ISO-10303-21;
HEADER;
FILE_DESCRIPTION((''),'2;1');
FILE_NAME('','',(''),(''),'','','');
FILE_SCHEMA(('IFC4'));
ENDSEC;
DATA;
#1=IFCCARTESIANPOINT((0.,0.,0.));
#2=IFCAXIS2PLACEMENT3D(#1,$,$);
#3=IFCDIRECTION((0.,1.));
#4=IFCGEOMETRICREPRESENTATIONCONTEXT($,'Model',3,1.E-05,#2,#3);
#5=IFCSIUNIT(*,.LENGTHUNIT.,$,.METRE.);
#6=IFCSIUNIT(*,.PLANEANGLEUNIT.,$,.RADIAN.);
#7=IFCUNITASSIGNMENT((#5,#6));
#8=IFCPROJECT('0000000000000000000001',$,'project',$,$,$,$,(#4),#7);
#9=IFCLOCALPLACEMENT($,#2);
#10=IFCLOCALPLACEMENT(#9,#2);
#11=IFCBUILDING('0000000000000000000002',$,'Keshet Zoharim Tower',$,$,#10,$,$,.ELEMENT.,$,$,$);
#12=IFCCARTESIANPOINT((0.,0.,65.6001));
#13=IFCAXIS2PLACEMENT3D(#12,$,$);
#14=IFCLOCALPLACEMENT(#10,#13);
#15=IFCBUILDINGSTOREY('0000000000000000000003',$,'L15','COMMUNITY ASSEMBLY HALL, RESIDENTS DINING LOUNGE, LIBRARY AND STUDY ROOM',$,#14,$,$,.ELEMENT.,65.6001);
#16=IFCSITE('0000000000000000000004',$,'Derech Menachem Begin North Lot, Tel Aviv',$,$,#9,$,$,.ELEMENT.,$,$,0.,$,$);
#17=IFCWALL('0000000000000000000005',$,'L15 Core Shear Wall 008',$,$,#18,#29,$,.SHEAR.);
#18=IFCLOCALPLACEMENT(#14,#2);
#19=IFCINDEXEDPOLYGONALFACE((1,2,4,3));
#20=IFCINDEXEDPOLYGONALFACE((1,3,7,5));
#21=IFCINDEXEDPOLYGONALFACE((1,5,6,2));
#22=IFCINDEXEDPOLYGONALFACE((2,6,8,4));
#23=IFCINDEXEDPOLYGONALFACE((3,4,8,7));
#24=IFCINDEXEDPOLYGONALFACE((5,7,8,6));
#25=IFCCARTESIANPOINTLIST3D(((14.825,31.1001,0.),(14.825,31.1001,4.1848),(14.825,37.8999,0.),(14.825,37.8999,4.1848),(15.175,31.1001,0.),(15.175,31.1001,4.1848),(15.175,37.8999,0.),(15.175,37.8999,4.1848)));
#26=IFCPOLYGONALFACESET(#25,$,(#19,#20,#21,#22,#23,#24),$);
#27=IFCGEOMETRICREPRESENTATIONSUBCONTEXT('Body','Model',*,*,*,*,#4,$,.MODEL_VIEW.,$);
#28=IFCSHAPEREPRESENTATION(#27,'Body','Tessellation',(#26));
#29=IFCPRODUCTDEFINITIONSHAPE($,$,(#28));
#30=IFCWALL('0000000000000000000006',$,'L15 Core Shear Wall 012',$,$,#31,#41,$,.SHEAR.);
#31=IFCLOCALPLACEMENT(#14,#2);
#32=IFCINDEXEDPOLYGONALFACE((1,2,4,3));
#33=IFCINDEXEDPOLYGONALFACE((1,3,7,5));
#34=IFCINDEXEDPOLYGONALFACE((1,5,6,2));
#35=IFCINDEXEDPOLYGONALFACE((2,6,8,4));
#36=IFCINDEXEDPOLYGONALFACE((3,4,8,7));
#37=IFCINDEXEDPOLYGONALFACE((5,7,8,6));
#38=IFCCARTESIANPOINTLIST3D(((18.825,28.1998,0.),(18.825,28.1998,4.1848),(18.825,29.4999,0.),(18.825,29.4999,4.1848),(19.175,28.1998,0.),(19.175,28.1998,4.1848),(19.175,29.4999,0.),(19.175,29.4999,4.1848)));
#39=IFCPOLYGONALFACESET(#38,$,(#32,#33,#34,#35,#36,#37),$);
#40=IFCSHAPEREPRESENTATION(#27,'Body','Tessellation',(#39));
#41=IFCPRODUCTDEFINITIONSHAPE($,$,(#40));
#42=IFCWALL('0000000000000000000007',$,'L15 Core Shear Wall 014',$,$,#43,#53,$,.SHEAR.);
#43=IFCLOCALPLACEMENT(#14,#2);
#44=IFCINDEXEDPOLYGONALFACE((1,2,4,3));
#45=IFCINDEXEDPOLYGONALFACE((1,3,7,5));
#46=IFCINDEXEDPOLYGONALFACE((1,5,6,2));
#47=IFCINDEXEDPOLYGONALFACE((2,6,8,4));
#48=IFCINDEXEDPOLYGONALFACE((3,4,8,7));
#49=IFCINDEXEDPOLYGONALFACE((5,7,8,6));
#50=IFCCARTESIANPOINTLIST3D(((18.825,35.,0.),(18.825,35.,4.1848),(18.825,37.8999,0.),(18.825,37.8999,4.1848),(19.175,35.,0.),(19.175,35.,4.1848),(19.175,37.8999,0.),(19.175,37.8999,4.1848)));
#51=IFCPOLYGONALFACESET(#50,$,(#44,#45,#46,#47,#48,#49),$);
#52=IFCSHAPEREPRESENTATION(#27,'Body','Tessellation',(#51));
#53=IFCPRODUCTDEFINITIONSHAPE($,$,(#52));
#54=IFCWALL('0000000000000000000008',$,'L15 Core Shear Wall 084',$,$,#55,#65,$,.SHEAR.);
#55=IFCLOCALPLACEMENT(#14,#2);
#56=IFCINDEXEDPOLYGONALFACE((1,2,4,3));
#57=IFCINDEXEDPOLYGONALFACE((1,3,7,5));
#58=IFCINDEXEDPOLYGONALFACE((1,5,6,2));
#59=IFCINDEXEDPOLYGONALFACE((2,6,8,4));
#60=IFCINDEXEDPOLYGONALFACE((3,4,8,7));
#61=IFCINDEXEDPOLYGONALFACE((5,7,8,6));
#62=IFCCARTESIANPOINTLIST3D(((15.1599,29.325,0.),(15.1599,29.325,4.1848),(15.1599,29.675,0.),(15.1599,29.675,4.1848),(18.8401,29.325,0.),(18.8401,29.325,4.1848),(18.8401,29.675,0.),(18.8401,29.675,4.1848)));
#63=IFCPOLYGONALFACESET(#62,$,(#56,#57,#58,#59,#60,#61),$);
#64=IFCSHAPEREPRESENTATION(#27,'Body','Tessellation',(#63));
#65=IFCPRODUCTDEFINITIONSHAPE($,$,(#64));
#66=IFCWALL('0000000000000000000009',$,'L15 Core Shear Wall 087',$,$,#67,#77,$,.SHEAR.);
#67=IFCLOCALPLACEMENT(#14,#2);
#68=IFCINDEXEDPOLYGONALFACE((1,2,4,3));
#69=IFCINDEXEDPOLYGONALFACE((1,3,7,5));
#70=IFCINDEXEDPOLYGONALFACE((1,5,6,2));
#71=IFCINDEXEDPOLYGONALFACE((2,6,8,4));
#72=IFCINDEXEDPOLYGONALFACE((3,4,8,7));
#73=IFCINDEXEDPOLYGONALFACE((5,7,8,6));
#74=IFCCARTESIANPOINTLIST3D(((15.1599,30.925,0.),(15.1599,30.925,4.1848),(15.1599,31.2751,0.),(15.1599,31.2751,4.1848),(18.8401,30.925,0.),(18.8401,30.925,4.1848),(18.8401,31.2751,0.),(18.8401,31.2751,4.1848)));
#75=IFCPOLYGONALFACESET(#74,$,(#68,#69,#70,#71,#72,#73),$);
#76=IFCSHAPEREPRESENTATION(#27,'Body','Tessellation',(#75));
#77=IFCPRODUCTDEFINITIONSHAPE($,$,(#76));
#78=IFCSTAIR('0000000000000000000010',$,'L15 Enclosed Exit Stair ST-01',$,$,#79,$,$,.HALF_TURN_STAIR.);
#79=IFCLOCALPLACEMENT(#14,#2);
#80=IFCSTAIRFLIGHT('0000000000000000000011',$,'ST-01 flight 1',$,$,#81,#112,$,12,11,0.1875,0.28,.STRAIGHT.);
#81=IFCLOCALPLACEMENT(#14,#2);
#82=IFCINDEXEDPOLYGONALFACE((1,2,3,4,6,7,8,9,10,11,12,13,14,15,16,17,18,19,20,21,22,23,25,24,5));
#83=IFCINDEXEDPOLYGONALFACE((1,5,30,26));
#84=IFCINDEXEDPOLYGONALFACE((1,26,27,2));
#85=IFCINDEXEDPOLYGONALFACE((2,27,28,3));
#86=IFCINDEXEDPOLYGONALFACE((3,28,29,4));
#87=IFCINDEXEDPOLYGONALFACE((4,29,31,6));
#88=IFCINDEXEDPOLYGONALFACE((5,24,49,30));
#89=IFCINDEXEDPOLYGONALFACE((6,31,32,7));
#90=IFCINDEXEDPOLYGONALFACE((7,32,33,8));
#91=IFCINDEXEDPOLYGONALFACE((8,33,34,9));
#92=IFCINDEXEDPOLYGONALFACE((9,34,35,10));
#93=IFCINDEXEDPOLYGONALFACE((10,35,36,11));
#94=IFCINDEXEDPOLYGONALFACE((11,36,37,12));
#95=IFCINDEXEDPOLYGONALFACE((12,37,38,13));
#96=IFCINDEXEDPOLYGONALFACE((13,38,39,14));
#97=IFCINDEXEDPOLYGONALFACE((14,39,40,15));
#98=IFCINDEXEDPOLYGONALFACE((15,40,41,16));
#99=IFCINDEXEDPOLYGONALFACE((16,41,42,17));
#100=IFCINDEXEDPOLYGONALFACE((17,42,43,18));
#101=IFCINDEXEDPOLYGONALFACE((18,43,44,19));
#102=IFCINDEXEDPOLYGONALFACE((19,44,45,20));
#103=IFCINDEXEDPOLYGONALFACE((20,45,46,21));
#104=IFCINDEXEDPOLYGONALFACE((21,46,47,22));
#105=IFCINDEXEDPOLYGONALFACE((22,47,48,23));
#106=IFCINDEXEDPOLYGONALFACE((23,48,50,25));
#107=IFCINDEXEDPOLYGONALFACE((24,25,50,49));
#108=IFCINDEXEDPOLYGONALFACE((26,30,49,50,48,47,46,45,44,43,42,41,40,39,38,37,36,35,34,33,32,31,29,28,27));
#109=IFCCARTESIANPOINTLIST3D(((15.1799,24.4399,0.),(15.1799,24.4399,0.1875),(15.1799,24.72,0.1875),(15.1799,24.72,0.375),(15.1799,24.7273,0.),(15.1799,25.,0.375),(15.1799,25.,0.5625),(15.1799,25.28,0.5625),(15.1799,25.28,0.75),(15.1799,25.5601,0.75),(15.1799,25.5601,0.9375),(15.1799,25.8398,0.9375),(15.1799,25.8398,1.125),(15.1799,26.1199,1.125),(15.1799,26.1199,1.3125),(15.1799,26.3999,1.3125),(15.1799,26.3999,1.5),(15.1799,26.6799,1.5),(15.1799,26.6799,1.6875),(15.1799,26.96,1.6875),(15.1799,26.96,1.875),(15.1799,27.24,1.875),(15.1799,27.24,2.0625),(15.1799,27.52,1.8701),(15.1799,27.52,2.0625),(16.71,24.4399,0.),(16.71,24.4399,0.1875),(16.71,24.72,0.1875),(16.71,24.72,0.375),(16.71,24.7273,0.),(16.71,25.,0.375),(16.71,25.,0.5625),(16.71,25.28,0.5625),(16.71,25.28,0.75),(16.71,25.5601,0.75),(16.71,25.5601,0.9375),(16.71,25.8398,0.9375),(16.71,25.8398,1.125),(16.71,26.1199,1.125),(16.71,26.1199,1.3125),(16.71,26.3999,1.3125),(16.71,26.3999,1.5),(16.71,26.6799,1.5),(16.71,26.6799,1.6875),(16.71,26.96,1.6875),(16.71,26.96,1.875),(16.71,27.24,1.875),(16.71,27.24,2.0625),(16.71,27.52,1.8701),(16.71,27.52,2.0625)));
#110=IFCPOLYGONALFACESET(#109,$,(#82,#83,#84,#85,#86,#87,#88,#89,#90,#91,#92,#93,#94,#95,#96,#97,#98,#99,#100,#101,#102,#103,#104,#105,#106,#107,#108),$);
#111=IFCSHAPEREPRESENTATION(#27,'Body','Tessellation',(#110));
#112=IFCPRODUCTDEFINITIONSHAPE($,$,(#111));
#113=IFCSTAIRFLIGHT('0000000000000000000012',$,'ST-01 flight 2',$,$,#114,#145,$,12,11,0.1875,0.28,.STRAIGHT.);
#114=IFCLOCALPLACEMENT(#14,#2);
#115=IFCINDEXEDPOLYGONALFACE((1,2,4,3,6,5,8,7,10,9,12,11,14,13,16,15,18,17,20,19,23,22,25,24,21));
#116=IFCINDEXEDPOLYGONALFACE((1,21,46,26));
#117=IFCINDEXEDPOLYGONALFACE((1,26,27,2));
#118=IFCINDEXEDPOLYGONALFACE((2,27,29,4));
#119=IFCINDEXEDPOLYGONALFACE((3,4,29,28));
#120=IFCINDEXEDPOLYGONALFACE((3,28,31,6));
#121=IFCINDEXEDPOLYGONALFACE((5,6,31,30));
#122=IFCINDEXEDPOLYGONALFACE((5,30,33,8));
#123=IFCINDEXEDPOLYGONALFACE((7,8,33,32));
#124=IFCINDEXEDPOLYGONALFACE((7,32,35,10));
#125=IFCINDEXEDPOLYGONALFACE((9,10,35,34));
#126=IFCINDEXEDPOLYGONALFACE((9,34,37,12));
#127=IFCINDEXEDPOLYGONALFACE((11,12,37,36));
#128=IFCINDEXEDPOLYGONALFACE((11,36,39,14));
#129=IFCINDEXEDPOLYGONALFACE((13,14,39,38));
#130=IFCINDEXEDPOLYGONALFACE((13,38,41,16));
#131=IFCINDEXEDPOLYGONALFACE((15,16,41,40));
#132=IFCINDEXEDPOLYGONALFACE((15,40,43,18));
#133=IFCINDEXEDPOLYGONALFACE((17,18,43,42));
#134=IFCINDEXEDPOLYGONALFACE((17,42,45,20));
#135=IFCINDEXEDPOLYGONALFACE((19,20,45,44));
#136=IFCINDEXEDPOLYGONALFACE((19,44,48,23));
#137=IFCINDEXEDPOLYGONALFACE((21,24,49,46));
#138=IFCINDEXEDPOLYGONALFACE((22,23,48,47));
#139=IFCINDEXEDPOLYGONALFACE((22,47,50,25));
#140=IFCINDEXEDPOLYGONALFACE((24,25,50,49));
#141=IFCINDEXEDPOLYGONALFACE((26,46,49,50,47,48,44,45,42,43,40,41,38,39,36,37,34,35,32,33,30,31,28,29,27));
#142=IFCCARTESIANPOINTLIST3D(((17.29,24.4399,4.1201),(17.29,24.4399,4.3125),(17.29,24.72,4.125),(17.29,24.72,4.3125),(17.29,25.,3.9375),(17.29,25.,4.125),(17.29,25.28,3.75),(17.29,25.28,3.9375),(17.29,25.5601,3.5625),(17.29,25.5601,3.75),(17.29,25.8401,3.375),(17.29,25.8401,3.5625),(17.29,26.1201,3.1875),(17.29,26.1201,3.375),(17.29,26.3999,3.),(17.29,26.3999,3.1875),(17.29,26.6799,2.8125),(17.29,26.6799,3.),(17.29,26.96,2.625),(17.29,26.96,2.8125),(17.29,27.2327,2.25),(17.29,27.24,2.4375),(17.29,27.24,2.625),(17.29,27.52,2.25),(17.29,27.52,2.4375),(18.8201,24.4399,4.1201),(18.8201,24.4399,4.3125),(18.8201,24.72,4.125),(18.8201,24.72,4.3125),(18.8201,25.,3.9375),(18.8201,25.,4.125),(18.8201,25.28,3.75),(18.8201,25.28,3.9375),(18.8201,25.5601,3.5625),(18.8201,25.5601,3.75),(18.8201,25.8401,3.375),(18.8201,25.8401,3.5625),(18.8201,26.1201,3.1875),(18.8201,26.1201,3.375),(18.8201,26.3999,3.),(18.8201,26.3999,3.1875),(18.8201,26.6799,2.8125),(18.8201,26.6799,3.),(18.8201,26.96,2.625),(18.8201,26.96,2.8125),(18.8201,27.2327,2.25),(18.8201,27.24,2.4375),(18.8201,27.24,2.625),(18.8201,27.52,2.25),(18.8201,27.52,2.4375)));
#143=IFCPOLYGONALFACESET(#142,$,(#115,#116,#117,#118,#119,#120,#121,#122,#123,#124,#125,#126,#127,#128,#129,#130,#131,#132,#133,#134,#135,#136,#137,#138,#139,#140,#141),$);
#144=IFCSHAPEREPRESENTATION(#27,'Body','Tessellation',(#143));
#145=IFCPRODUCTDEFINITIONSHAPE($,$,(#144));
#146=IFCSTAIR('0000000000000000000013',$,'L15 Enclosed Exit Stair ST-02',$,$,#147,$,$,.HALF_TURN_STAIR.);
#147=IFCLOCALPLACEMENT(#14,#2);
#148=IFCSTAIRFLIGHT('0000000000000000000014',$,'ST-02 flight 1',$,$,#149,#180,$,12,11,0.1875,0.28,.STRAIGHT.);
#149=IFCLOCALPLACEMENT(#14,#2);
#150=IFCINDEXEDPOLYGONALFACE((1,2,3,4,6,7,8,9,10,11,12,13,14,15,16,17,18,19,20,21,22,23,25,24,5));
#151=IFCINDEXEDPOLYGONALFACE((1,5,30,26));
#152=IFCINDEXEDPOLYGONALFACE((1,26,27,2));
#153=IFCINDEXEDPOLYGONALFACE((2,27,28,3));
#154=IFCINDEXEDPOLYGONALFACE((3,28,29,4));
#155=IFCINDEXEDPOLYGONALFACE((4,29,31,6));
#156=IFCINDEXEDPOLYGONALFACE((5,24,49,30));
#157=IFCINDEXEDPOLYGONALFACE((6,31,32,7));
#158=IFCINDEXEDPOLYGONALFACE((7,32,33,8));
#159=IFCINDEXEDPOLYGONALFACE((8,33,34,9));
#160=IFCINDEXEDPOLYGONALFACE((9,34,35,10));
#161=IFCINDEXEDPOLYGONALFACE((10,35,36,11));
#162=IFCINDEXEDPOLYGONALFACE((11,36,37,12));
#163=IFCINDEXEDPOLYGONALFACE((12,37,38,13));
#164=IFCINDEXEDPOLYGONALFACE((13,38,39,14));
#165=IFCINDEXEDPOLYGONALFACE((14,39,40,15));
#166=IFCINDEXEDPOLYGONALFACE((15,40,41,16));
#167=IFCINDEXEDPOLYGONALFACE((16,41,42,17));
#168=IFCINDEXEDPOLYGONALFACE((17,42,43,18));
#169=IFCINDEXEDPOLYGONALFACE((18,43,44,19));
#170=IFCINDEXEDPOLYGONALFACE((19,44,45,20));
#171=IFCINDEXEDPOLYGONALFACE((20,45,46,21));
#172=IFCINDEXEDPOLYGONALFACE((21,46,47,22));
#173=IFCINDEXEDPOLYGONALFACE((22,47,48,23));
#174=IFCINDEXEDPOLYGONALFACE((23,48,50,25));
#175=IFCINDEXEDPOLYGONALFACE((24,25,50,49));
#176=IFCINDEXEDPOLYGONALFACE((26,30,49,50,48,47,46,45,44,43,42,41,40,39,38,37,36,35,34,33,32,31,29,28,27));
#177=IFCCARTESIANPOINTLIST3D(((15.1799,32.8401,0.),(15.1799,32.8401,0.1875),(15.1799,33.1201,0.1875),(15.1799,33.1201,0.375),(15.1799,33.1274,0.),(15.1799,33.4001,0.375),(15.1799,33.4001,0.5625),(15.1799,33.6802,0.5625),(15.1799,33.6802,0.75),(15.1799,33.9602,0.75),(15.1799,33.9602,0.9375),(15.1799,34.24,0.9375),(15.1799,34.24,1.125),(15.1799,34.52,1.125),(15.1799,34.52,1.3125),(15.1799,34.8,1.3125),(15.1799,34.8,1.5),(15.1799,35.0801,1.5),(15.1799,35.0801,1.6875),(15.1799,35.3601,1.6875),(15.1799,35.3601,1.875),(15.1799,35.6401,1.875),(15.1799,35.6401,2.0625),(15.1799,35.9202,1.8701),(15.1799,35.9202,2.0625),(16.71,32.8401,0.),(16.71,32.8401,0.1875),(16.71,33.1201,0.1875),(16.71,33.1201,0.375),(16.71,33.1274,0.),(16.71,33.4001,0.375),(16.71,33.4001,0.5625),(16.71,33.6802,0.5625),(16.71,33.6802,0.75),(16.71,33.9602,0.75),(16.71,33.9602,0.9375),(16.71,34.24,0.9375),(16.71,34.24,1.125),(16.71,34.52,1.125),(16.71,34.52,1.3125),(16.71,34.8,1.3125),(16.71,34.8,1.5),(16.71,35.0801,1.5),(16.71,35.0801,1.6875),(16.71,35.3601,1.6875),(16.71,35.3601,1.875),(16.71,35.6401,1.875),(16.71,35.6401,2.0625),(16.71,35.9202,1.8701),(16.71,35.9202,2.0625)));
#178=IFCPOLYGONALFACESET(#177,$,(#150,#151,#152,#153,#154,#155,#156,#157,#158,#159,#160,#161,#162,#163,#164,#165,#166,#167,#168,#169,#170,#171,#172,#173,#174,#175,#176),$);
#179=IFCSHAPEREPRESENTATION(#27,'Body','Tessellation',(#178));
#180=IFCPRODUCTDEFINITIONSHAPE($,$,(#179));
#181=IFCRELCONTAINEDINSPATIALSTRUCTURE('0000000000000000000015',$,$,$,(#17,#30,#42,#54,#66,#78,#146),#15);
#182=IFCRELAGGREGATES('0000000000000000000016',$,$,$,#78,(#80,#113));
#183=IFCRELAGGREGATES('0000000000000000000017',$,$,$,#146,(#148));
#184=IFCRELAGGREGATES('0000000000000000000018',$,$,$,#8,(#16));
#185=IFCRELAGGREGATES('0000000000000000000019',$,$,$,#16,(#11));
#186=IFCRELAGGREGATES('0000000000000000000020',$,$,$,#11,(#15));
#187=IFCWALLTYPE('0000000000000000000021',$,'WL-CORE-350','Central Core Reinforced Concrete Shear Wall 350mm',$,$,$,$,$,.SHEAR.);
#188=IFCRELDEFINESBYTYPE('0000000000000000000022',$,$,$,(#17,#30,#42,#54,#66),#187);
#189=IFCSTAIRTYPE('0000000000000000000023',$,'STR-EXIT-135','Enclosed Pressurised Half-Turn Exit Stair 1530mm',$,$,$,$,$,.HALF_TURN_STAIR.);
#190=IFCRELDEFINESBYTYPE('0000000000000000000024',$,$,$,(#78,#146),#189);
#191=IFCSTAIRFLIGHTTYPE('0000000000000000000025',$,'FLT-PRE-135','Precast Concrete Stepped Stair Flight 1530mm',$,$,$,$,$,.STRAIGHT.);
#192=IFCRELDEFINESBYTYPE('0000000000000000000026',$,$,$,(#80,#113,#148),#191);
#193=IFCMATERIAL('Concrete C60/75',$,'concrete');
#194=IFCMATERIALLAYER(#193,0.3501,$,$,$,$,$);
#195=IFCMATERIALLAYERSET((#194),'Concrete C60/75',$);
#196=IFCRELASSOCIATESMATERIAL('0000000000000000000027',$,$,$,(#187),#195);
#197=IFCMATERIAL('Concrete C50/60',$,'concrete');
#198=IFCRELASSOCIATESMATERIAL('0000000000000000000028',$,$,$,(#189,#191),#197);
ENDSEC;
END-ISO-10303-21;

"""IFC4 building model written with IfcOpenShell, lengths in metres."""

from ifc_helpers import new_model, si_unit, direction, frame, frame_2d, origin, place, context, subcontext, project, spatial, polyline, rectangle, outline, extrude, material, layer, layer_set, type_object, element, aggregate, save


model = new_model("IFC4")

# Units and contexts
model_context = context("Model", 3, precision=1e-05, world=origin(), true_north=direction((0.0, 1.0)))
body_context = subcontext(model_context, "Body", "Model", "MODEL_VIEW")
ifc_project = project(units=[si_unit("LENGTHUNIT", "METRE"), si_unit("PLANEANGLEUNIT", "RADIAN")], contexts=[model_context])

# Site, building, storey
site_placement = place(None, origin())
site = spatial("IfcSite", under=ifc_project, at=site_placement, Name="Derech Menachem Begin North Lot, Tel Aviv", CompositionType="ELEMENT", RefElevation=0.0)
building_placement = place(site_placement, origin())
building = spatial("IfcBuilding", under=site, at=building_placement, Name="Keshet Zoharim Tower", CompositionType="ELEMENT")
storey_placement = place(building_placement, frame((0.0, 0.0, 65.6001)))
storey = spatial("IfcBuildingStorey", under=building, at=storey_placement, Name="L15", Description="COMMUNITY ASSEMBLY HALL, RESIDENTS DINING LOUNGE, LIBRARY AND STUDY ROOM", CompositionType="ELEMENT", Elevation=65.6001)

# Shared definitions
ifc_material_1 = material(Name="Concrete C60/75", Category="concrete")
ifc_layer_1 = layer(ifc_material_1, 0.3501)
ifc_layer_set_1 = layer_set([ifc_layer_1], Name="Concrete C60/75")
wall_type = type_object("IfcWallType", Name="WL-CORE-350", Description="Central Core Reinforced Concrete Shear Wall 350mm", PredefinedType="SHEAR", material=ifc_layer_set_1)

# Walls
wall_1_placement = place(storey_placement, frame((15.0, 31.1001, 0.0), z_axis=(0.0, 0.0, 1.0), x_axis=(0.0, 1.0, 0.0)))
element("IfcWall", 1, at=wall_1_placement, inside=storey, type_object=wall_type, Name="L15 Core Shear Wall 008", PredefinedType="SHEAR", context=body_context, shape_type="SweptSolid", body=[
    extrude(rectangle(XDim=6.7998, YDim=0.3501, at=frame_2d((3.3999, 0.0))), origin(), (0.0, 0.0, 1.0), 4.1848),
])
wall_2_placement = place(storey_placement, frame((19.0, 28.2, 0.0), z_axis=(0.0, 0.0, 1.0), x_axis=(0.0, 1.0, 0.0)))
element("IfcWall", 2, at=wall_2_placement, inside=storey, type_object=wall_type, Name="L15 Core Shear Wall 012", PredefinedType="SHEAR", context=body_context, shape_type="SweptSolid", body=[
    extrude(rectangle(XDim=1.3, YDim=0.3501, at=frame_2d((0.6499, 0.0))), origin(), (0.0, 0.0, 1.0), 4.1848),
])

# Walls
wall_3_placement = place(storey_placement, frame((19.0, 35.0, 0.0), z_axis=(0.0, 0.0, 1.0), x_axis=(0.0, 1.0, 0.0)))
element("IfcWall", 3, at=wall_3_placement, inside=storey, type_object=wall_type, Name="L15 Core Shear Wall 014", PredefinedType="SHEAR", context=body_context, shape_type="SweptSolid", body=[
    extrude(rectangle(XDim=2.8999, YDim=0.3501, at=frame_2d((1.45, 0.0))), origin(), (0.0, 0.0, 1.0), 4.1848),
])
for number, where, z_axis, x_axis, name in (
    (4, (15.1599, 29.5, 0.0), (0.0, 0.0, 1.0), (1.0, 0.0, 0.0), "L15 Core Shear Wall 084"),
    (5, (15.1599, 31.1001, 0.0), (0.0, 0.0, 1.0), (1.0, 0.0, 0.0), "L15 Core Shear Wall 087"),
):
    element("IfcWall", number, at=place(storey_placement, frame(where, z_axis=z_axis, x_axis=x_axis)), inside=storey, type_object=wall_type, Name=name, PredefinedType="SHEAR", context=body_context, shape_type="SweptSolid", body=[
        extrude(rectangle(XDim=3.6802, YDim=0.3501, at=frame_2d((1.8401, 0.0))), origin(), (0.0, 0.0, 1.0), 4.1848),
    ])

# Stair, stair flights
ifc_material_2 = material(Name="Concrete C50/60", Category="concrete")
stair_type = type_object("IfcStairType", Name="STR-EXIT-135", Description="Enclosed Pressurised Half-Turn Exit Stair 1530mm", PredefinedType="HALF_TURN_STAIR", material=ifc_material_2)
stair_1_placement = place(storey_placement, origin())
stair_1 = element("IfcStair", 6, at=stair_1_placement, inside=storey, type_object=stair_type, Name="L15 Enclosed Exit Stair ST-01", PredefinedType="HALF_TURN_STAIR")
stair_flight_type = type_object("IfcStairFlightType", Name="FLT-PRE-135", Description="Precast Concrete Stepped Stair Flight 1530mm", PredefinedType="STRAIGHT", material=ifc_material_2)
stair_flight_1_placement = place(storey_placement, frame((15.9451, 24.4399, 0.0), z_axis=(0.0, 0.0, 1.0), x_axis=(0.0, 1.0, 0.0)))
stair_flight_1 = element("IfcStairFlight", 7, at=stair_flight_1_placement, type_object=stair_flight_type, Name="ST-01 flight 1", NumberOfRisers=12, NumberOfTreads=11, PredefinedType="STRAIGHT", RiserHeight=0.1875, TreadLength=0.28, context=body_context, shape_type="SweptSolid", body=[
    extrude(outline(polyline([(0.0, 0.0), (0.0, 0.1875), (0.28, 0.1875), (0.28, 0.375), (0.5601, 0.375), (0.5601, 0.5625), (0.8401, 0.5625), (0.8401, 0.75), (1.1201, 0.75), (1.1201, 0.9375), (1.3999, 0.9375), (1.3999, 1.125), (1.6799, 1.125), (1.6799, 1.3125), (1.96, 1.3125), (1.96, 1.5), (2.24, 1.5), (2.24, 1.6875), (2.52, 1.6875), (2.52, 1.875), (2.8, 1.875), (2.8, 2.0625), (3.0801, 2.0625), (3.0801, 2.25), (3.0801, 1.8701), (0.2874, 0.0), (0.0, 0.0)])), frame((0.0, 0.7651, 0.0), z_axis=(0.0, -1.0, 0.0), x_axis=(1.0, 0.0, 0.0)), (0.0, 0.0, 1.0), 1.53),
])
stair_flight_2_placement = place(storey_placement, frame((18.0549, 27.52, 2.25), z_axis=(0.0, 0.0, 1.0), x_axis=(0.0, -1.0, 0.0)))
stair_flight_2 = element("IfcStairFlight", 8, at=stair_flight_2_placement, type_object=stair_flight_type, Name="ST-01 flight 2", NumberOfRisers=12, NumberOfTreads=11, PredefinedType="STRAIGHT", RiserHeight=0.1875, TreadLength=0.28, context=body_context, shape_type="SweptSolid", body=[
    extrude(outline(polyline([(0.0, 0.0), (0.0, 0.1875), (0.28, 0.1875), (0.28, 0.375), (0.5601, 0.375), (0.5601, 0.5625), (0.8401, 0.5625), (0.8401, 0.75), (1.1201, 0.75), (1.1201, 0.9375), (1.3999, 0.9375), (1.3999, 1.125), (1.6799, 1.125), (1.6799, 1.3125), (1.96, 1.3125), (1.96, 1.5), (2.24, 1.5), (2.24, 1.6875), (2.52, 1.6875), (2.52, 1.875), (2.8, 1.875), (2.8, 2.0625), (3.0801, 2.0625), (3.0801, 2.25), (3.0801, 1.8701), (0.2874, 0.0), (0.0, 0.0)])), frame((0.0, 0.7651, 0.0), z_axis=(0.0, -1.0, 0.0), x_axis=(1.0, 0.0, 0.0)), (0.0, 0.0, 1.0), 1.53),
])
aggregate(stair_1, [stair_flight_1, stair_flight_2])

# Stair, stair flight
stair_2_placement = place(storey_placement, origin())
stair_2 = element("IfcStair", 9, at=stair_2_placement, inside=storey, type_object=stair_type, Name="L15 Enclosed Exit Stair ST-02", PredefinedType="HALF_TURN_STAIR")
stair_flight_3_placement = place(storey_placement, frame((15.9451, 32.8401, 0.0), z_axis=(0.0, 0.0, 1.0), x_axis=(0.0, 1.0, 0.0)))
stair_flight_3 = element("IfcStairFlight", 10, at=stair_flight_3_placement, type_object=stair_flight_type, Name="ST-02 flight 1", NumberOfRisers=12, NumberOfTreads=11, PredefinedType="STRAIGHT", RiserHeight=0.1875, TreadLength=0.28, context=body_context, shape_type="SweptSolid", body=[
    extrude(outline(polyline([(0.0, 0.0), (0.0, 0.1875), (0.28, 0.1875), (0.28, 0.375), (0.5601, 0.375), (0.5601, 0.5625), (0.8401, 0.5625), (0.8401, 0.75), (1.1201, 0.75), (1.1201, 0.9375), (1.3999, 0.9375), (1.3999, 1.125), (1.6799, 1.125), (1.6799, 1.3125), (1.96, 1.3125), (1.96, 1.5), (2.24, 1.5), (2.24, 1.6875), (2.52, 1.6875), (2.52, 1.875), (2.8, 1.875), (2.8, 2.0625), (3.0801, 2.0625), (3.0801, 2.25), (3.0801, 1.8701), (0.2874, 0.0), (0.0, 0.0)])), frame((0.0, 0.7651, 0.0), z_axis=(0.0, -1.0, 0.0), x_axis=(1.0, 0.0, 0.0)), (0.0, 0.0, 1.0), 1.53),
])
aggregate(stair_2, [stair_flight_3])

save(model, "model.ifc")
